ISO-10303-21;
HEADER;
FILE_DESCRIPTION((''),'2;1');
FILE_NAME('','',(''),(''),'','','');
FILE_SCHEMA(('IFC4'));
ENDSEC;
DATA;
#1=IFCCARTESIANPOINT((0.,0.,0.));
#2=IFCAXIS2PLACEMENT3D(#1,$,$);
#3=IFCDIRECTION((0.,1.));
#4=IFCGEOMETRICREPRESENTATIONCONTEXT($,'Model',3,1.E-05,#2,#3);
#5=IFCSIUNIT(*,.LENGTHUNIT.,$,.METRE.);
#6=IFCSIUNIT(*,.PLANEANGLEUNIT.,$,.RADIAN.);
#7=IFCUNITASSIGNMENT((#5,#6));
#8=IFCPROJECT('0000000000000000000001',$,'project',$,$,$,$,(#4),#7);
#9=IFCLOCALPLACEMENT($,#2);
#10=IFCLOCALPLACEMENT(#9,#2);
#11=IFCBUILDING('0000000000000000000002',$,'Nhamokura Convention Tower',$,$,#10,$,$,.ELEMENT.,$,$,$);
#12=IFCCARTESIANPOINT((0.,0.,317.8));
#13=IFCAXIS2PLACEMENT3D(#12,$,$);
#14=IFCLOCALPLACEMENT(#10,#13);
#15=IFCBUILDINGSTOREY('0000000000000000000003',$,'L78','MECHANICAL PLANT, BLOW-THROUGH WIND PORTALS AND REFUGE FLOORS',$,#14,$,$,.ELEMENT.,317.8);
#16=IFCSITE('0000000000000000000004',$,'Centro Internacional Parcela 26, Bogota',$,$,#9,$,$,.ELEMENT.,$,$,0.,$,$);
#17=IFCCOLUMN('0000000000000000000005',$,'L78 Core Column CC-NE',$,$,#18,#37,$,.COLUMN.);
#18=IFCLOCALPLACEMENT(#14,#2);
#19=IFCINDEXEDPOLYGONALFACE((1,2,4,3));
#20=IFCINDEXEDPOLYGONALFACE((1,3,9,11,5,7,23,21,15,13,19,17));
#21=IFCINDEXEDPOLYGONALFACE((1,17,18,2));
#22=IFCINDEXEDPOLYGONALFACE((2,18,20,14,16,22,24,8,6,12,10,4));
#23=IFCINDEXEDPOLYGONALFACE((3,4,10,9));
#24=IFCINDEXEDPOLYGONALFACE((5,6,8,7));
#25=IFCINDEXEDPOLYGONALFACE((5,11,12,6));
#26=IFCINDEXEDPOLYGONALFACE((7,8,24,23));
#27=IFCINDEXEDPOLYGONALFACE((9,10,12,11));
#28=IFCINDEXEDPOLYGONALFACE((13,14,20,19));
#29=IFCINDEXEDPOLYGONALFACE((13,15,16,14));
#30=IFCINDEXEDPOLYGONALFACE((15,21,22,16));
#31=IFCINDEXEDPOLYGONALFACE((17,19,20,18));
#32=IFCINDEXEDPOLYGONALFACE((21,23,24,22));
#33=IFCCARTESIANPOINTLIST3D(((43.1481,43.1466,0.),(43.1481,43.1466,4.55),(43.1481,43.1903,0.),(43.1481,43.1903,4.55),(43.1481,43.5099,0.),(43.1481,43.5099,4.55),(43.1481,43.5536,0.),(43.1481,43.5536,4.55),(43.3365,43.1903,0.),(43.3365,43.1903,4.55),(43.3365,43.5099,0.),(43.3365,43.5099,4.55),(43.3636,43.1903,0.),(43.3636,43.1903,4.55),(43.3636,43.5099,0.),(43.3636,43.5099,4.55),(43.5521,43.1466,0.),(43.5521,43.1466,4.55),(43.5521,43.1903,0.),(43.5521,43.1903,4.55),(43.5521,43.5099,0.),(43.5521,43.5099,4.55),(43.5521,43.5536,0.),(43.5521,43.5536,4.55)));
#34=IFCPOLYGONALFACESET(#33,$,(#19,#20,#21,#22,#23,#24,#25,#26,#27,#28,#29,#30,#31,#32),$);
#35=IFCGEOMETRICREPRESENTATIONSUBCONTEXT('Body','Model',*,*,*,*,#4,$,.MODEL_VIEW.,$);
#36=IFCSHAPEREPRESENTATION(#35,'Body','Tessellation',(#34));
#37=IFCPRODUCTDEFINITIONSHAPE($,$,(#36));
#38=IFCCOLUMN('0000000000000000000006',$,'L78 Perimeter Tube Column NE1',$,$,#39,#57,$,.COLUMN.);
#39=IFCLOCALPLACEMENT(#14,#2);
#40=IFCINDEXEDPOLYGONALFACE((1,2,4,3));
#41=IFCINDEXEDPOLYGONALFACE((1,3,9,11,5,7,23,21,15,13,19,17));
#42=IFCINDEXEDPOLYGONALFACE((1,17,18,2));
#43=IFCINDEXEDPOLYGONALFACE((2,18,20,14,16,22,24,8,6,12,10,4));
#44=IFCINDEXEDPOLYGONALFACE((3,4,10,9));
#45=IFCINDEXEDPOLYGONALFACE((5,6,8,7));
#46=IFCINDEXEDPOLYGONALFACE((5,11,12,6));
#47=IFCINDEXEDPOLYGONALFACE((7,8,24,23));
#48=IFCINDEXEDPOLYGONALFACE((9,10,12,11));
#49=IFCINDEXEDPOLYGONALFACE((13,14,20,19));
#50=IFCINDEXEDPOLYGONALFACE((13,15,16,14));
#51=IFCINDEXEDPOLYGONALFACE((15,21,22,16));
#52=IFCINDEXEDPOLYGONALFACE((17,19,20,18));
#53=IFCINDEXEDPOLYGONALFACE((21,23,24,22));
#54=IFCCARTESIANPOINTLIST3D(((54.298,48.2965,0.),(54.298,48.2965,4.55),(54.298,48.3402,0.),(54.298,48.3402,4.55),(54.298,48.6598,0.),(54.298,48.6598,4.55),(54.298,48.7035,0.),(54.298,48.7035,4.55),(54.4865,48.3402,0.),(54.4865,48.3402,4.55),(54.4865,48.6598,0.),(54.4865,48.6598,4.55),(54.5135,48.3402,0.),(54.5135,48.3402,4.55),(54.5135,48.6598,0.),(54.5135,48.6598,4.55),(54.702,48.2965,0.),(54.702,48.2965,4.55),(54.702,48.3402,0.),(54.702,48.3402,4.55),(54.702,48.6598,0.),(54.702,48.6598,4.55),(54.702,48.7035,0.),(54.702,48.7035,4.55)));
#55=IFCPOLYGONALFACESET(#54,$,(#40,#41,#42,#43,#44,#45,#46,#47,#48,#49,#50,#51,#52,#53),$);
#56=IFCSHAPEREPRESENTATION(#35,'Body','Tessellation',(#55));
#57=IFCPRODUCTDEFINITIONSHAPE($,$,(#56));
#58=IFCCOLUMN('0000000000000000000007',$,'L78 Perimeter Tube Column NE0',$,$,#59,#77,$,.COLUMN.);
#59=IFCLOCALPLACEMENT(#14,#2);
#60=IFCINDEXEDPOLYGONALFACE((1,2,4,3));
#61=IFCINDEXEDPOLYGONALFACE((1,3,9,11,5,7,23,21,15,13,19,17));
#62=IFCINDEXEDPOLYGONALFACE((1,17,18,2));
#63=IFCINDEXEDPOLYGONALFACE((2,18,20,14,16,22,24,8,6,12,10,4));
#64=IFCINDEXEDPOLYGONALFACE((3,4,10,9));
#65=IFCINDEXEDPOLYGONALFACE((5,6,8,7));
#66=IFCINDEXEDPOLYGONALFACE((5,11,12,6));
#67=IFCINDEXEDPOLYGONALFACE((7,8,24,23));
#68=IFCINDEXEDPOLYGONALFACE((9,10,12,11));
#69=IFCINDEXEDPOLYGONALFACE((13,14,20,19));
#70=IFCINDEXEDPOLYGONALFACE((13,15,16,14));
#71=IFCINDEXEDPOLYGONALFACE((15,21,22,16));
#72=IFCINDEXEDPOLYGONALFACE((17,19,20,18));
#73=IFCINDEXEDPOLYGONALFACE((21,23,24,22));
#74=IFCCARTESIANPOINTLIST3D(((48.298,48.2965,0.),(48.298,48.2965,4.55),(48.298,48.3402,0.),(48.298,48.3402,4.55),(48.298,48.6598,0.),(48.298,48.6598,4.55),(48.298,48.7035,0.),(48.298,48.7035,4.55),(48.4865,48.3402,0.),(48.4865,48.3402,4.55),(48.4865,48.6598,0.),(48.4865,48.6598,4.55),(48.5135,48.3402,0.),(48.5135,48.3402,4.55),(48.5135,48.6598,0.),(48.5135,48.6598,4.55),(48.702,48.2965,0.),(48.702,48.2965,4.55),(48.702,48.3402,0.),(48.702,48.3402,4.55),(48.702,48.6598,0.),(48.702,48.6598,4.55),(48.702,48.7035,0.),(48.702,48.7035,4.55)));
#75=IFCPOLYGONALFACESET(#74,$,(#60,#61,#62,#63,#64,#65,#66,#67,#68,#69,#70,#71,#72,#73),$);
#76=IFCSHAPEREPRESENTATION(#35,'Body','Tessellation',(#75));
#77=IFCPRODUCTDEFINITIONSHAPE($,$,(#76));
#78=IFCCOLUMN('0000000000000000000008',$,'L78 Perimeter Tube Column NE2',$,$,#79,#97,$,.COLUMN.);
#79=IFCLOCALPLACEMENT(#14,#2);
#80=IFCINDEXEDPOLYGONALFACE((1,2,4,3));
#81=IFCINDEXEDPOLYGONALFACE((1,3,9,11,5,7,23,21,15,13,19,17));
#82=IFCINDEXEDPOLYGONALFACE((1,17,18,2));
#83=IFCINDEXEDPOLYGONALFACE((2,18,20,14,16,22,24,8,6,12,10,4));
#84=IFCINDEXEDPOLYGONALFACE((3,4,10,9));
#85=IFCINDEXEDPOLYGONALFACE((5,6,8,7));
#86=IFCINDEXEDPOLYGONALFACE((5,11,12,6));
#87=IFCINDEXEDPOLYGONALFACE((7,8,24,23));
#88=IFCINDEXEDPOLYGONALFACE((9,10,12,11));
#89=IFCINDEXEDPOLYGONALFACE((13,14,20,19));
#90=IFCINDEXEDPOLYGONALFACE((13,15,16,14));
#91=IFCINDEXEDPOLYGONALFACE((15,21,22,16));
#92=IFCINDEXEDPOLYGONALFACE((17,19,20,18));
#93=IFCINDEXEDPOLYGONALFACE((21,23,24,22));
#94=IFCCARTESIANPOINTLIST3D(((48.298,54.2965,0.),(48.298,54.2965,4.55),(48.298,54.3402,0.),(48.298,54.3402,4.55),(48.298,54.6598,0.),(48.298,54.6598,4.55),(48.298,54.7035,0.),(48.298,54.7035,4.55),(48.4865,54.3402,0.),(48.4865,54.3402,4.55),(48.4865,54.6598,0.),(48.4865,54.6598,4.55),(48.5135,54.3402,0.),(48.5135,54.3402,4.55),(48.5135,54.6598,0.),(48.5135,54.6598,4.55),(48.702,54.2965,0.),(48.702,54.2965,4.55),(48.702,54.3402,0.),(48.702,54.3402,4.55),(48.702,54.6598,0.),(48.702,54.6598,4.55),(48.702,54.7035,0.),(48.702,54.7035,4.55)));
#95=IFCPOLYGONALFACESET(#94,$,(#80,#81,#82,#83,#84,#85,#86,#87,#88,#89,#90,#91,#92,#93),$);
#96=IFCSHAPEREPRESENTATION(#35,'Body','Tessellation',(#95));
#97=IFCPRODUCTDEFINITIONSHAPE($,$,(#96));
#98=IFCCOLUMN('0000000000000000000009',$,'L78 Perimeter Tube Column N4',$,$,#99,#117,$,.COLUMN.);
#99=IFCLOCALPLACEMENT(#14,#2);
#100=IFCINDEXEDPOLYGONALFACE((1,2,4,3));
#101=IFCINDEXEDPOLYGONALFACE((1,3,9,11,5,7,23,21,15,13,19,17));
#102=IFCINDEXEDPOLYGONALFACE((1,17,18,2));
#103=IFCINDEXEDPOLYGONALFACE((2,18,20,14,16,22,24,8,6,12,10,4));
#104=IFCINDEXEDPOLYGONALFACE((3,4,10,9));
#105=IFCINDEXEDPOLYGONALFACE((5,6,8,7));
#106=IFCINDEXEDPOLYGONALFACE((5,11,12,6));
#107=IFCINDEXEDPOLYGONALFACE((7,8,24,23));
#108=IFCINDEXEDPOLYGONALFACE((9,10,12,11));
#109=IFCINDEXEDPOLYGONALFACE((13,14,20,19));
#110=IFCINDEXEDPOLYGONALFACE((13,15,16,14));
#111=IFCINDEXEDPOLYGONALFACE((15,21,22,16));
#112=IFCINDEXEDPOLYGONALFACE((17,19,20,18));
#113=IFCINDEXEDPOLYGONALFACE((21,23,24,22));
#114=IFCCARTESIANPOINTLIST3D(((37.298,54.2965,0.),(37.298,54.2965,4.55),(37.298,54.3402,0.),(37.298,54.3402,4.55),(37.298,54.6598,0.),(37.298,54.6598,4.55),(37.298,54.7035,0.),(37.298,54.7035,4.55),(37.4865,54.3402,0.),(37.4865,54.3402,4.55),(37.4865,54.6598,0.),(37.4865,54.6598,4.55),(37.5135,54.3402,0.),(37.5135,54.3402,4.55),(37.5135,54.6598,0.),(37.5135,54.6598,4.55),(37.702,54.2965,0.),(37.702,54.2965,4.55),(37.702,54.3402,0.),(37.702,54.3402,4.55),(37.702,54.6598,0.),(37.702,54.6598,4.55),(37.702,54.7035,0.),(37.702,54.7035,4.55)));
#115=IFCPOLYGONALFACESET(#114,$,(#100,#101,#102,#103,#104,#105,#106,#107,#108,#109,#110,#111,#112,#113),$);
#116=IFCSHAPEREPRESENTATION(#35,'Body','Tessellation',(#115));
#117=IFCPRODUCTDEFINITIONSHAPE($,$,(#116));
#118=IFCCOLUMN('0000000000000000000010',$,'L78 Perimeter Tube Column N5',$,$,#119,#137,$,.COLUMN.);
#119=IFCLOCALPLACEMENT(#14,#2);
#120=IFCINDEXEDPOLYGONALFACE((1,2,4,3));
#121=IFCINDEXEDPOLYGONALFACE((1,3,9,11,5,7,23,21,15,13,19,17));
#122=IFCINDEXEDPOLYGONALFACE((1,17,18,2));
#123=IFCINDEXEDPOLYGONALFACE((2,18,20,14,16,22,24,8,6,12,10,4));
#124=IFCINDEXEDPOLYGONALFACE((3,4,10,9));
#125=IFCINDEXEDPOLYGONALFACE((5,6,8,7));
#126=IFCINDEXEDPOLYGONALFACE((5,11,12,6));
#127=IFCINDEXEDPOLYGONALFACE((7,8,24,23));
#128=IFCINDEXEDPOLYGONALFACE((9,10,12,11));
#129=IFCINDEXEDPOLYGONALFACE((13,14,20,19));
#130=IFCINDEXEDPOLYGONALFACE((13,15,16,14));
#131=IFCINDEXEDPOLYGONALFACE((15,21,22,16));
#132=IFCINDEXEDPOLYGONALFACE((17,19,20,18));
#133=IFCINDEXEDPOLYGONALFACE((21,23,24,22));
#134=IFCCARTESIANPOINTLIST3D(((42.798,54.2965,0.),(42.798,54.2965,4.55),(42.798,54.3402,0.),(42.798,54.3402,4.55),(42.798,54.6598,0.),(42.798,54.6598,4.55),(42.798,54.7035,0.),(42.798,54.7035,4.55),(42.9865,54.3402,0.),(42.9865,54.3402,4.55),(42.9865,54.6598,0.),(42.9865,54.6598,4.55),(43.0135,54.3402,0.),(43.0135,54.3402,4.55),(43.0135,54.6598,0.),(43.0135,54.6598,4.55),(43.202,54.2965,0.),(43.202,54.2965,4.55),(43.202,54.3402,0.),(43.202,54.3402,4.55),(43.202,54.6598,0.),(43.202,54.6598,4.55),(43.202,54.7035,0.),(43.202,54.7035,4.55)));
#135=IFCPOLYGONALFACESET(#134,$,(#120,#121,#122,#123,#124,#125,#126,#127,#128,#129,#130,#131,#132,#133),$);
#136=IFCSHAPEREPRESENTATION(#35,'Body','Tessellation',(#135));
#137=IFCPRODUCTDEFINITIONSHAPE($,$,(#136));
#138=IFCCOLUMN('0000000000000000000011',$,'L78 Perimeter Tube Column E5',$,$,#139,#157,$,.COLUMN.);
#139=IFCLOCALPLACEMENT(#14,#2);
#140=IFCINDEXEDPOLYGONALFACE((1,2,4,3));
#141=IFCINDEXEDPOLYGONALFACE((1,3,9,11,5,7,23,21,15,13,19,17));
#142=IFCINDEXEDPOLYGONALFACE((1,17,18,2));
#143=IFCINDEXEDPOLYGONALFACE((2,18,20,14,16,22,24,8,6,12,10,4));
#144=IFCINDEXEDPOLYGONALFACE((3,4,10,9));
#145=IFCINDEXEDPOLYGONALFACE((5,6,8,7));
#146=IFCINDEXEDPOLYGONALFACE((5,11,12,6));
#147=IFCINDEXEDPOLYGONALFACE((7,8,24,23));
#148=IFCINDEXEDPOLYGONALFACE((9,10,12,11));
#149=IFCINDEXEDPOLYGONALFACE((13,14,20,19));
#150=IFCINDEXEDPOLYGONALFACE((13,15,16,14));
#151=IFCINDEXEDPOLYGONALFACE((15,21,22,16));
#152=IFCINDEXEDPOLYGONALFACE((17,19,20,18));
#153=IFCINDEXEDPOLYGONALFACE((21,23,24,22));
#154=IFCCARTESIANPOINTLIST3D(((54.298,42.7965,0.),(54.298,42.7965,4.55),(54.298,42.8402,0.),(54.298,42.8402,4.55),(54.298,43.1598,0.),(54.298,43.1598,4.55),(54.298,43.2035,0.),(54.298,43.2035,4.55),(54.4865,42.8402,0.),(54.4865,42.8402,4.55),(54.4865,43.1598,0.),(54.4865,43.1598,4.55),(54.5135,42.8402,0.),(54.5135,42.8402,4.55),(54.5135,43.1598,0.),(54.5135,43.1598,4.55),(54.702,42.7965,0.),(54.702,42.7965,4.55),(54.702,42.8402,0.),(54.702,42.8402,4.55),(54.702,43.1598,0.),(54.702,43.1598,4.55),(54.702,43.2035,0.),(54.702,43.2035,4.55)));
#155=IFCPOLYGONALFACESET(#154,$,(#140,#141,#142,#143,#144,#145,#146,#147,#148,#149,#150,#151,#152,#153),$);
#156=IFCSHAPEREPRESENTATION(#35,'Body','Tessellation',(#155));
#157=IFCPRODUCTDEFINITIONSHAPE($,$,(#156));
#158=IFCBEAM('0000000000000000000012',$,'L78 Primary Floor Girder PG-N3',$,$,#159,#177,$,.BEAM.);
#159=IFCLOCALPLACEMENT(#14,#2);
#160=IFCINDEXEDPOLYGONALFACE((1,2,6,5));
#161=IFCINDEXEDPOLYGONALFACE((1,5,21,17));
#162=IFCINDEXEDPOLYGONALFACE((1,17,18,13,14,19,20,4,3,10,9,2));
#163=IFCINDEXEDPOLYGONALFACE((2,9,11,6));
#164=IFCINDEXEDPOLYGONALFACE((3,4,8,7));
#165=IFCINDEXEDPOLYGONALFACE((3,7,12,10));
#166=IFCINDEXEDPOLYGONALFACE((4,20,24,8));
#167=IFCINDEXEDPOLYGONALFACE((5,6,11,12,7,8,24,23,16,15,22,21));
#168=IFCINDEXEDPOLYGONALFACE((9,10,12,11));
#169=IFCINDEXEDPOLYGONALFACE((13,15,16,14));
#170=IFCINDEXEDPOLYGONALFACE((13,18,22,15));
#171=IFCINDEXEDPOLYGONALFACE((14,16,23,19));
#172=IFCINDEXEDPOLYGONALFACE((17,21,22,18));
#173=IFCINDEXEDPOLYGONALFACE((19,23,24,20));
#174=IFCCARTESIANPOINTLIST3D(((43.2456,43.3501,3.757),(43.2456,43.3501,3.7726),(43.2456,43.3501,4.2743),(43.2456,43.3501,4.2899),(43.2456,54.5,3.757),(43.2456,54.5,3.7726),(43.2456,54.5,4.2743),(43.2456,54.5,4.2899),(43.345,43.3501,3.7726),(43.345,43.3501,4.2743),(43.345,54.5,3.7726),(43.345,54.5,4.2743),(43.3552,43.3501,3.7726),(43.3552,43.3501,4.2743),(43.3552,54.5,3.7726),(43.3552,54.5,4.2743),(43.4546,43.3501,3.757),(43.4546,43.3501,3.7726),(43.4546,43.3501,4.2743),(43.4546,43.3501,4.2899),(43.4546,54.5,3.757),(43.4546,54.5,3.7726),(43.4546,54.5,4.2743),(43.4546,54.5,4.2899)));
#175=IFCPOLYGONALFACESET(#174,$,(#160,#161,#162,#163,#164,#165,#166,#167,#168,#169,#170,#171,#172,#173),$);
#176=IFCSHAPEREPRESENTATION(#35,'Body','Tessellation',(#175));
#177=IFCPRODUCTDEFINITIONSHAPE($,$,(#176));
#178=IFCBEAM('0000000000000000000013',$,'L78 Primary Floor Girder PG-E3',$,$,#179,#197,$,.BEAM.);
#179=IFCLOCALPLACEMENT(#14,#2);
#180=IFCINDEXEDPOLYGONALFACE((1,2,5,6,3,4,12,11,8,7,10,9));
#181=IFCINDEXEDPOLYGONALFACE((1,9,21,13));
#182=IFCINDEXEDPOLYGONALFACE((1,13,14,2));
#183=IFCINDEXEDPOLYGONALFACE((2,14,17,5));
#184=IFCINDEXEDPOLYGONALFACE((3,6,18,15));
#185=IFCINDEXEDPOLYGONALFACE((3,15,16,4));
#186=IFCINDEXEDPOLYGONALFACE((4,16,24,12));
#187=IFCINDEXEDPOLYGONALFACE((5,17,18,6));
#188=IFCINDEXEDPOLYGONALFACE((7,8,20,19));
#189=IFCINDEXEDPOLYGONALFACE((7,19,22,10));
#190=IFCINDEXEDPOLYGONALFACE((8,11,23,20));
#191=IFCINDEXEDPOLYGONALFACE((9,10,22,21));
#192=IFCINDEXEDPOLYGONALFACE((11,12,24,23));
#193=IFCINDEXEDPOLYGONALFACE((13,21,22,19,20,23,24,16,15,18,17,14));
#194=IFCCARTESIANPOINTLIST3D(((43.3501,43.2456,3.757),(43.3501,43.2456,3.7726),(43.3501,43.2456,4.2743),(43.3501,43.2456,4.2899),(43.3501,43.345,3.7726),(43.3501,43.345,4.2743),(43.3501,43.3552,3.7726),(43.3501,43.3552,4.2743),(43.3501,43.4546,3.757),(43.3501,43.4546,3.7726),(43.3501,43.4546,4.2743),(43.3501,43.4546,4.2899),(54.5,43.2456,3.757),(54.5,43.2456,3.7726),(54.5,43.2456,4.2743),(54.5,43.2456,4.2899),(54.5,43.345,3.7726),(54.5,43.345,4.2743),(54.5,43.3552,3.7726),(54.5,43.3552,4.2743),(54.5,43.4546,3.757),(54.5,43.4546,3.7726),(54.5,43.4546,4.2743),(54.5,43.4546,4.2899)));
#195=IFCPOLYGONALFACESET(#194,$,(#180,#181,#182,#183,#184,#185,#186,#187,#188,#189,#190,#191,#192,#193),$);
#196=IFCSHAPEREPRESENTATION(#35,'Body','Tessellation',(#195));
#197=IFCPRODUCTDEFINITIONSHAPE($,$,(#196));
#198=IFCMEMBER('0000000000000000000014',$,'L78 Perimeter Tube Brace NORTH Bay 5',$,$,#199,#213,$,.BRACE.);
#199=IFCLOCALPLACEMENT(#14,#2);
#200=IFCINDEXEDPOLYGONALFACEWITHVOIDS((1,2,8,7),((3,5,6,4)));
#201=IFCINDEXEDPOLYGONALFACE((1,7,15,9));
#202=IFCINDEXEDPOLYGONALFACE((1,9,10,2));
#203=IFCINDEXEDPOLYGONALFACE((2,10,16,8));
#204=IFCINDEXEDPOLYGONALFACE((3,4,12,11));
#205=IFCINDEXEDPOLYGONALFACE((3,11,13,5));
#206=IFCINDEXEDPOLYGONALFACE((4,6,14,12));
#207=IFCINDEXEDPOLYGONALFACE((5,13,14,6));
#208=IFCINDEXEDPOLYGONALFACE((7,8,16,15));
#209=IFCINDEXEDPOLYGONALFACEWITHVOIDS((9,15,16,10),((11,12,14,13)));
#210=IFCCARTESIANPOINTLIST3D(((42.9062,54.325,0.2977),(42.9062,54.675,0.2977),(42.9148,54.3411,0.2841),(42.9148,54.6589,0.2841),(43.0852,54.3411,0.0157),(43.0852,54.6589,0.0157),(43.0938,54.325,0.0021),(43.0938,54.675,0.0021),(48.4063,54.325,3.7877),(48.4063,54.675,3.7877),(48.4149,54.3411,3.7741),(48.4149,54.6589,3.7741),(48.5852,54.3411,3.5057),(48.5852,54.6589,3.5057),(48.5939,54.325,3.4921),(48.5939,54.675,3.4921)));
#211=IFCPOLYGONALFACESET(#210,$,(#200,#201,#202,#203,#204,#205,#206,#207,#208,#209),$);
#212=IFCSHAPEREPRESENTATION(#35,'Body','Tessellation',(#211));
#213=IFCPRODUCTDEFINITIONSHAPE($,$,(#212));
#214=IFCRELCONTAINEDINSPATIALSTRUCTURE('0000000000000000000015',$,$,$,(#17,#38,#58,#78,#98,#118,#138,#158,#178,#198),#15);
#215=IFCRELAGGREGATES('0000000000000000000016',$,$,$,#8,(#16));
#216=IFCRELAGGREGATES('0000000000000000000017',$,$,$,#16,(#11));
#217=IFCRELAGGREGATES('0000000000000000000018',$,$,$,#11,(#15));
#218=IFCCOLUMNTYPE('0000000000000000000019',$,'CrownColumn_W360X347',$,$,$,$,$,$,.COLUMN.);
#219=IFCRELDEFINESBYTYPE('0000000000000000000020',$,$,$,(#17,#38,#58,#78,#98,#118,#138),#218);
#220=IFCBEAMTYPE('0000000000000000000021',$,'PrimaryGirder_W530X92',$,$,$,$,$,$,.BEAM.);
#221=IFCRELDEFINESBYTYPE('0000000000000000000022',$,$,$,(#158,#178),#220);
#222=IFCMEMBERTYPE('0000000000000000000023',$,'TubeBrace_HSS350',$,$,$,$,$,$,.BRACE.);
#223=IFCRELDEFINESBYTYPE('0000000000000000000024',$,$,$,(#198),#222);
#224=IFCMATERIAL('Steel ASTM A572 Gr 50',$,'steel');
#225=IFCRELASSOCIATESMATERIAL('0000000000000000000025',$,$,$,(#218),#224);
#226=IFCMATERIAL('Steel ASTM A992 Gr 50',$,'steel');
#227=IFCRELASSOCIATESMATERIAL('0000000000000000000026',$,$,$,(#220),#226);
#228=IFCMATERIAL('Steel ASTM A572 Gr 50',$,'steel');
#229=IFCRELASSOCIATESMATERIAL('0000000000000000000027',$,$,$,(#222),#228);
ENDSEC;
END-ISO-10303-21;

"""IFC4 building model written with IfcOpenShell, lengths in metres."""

from ifc_helpers import new_model, si_unit, direction, frame, origin, origin_2d, place, context, subcontext, project, spatial, hollow_rectangle, i_section, extrude, material, material_profile, profile_set, type_object, element, save


model = new_model("IFC4")

# Units and contexts
model_context = context("Model", 3, precision=1e-05, world=origin(), true_north=direction((0.0, 1.0)))
body_context = subcontext(model_context, "Body", "Model", "MODEL_VIEW")
ifc_project = project(units=[si_unit("LENGTHUNIT", "METRE"), si_unit("PLANEANGLEUNIT", "RADIAN")], contexts=[model_context])

# Site, building, storey
site_placement = place(None, origin())
site = spatial("IfcSite", under=ifc_project, at=site_placement, Name="Centro Internacional Parcela 26, Bogota", CompositionType="ELEMENT", RefElevation=0.0)
building_placement = place(site_placement, origin())
building = spatial("IfcBuilding", under=site, at=building_placement, Name="Nhamokura Convention Tower", CompositionType="ELEMENT")
storey_placement = place(building_placement, frame((0.0, 0.0, 317.8)))
storey = spatial("IfcBuildingStorey", under=building, at=storey_placement, Name="L78", Description="MECHANICAL PLANT, BLOW-THROUGH WIND PORTALS AND REFUGE FLOORS", CompositionType="ELEMENT", Elevation=317.8)

# Columns
ifc_material_1 = material(Name="Steel ASTM A572 Gr 50", Category="steel")
ifc_material_profile_1 = material_profile(ifc_material_1, i_section(OverallWidth=0.4041, OverallDepth=0.407, WebThickness=0.0271, FlangeThickness=0.0437, at=origin_2d()))
ifc_profile_set_1 = profile_set([ifc_material_profile_1], Name="Steel ASTM A572 Gr 50")
column_type = type_object("IfcColumnType", Name="CrownColumn_W360X347", PredefinedType="COLUMN", material=ifc_profile_set_1)
for number, where, z_axis, x_axis, name in (
    (1, (43.3501, 43.3501, 0.0), (0.0, 0.0, 1.0), (1.0, 0.0, 0.0), "L78 Core Column CC-NE"),
    (2, (54.5, 48.5, 0.0), (0.0, 0.0, 1.0), (1.0, 0.0, 0.0), "L78 Perimeter Tube Column NE1"),
    (3, (48.5, 48.5, 0.0), (0.0, 0.0, 1.0), (1.0, 0.0, 0.0), "L78 Perimeter Tube Column NE0"),
    (4, (48.5, 54.5, 0.0), (0.0, 0.0, 1.0), (1.0, 0.0, 0.0), "L78 Perimeter Tube Column NE2"),
    (5, (37.5, 54.5, 0.0), (0.0, 0.0, 1.0), (1.0, 0.0, 0.0), "L78 Perimeter Tube Column N4"),
    (6, (43.0, 54.5, 0.0), (0.0, 0.0, 1.0), (1.0, 0.0, 0.0), "L78 Perimeter Tube Column N5"),
    (7, (54.5, 43.0, 0.0), (0.0, 0.0, 1.0), (1.0, 0.0, 0.0), "L78 Perimeter Tube Column E5"),
):
    element("IfcColumn", number, at=place(storey_placement, frame(where, z_axis=z_axis, x_axis=x_axis)), inside=storey, type_object=column_type, Name=name, PredefinedType="COLUMN", context=body_context, shape_type="SweptSolid", body=[
        extrude(i_section(OverallWidth=0.4041, OverallDepth=0.407, WebThickness=0.0271, FlangeThickness=0.0437, at=origin_2d()), origin(), (0.0, 0.0, 1.0), 4.55),
    ])

# Beams
ifc_material_2 = material(Name="Steel ASTM A992 Gr 50", Category="steel")
ifc_material_profile_2 = material_profile(ifc_material_2, i_section(OverallWidth=0.209, OverallDepth=0.533, WebThickness=0.0103, FlangeThickness=0.0156, at=origin_2d()))
ifc_profile_set_2 = profile_set([ifc_material_profile_2], Name="Steel ASTM A992 Gr 50")
beam_type_1 = type_object("IfcBeamType", Name="PrimaryGirder_W530X92", PredefinedType="BEAM", material=ifc_profile_set_2)
for number, where, z_axis, x_axis, name in (
    (8, (43.3501, 43.3501, 4.0234), (0.0, 1.0, 0.0), (-1.0, 0.0, 0.0), "L78 Primary Floor Girder PG-N3"),
    (9, (43.3501, 43.3501, 4.0234), (1.0, 0.0, 0.0), (0.0, 1.0, 0.0), "L78 Primary Floor Girder PG-E3"),
):
    element("IfcBeam", number, at=place(storey_placement, frame(where, z_axis=z_axis, x_axis=x_axis)), inside=storey, type_object=beam_type_1, Name=name, PredefinedType="BEAM", context=body_context, shape_type="SweptSolid", body=[
        extrude(i_section(OverallWidth=0.209, OverallDepth=0.533, WebThickness=0.0103, FlangeThickness=0.0156, at=origin_2d()), origin(), (0.0, 0.0, 1.0), 11.1499),
    ])

# Member
ifc_material_3 = material(Name="Steel ASTM A572 Gr 50", Category="steel")
ifc_material_profile_3 = material_profile(ifc_material_3, hollow_rectangle(XDim=0.3501, YDim=0.3501, WallThickness=0.0161, at=origin_2d()))
ifc_profile_set_3 = profile_set([ifc_material_profile_3], Name="Steel ASTM A572 Gr 50")
member_type = type_object("IfcMemberType", Name="TubeBrace_HSS350", PredefinedType="BRACE", material=ifc_profile_set_3)
for number, where, z_axis, x_axis, name in (
    (10, (43.0, 54.5, 0.1499), (0.844357, 0.0, 0.535781), (0.0, 1.0, 0.0), "L78 Perimeter Tube Brace NORTH Bay 5"),
):
    element("IfcMember", number, at=place(storey_placement, frame(where, z_axis=z_axis, x_axis=x_axis)), inside=storey, type_object=member_type, Name=name, PredefinedType="BRACE", context=body_context, shape_type="SweptSolid", body=[
        extrude(hollow_rectangle(XDim=0.3501, YDim=0.3501, WallThickness=0.0161, at=origin_2d()), origin(), (0.0, 0.0, 1.0), 6.5139),
    ])

save(model, "model.ifc")
